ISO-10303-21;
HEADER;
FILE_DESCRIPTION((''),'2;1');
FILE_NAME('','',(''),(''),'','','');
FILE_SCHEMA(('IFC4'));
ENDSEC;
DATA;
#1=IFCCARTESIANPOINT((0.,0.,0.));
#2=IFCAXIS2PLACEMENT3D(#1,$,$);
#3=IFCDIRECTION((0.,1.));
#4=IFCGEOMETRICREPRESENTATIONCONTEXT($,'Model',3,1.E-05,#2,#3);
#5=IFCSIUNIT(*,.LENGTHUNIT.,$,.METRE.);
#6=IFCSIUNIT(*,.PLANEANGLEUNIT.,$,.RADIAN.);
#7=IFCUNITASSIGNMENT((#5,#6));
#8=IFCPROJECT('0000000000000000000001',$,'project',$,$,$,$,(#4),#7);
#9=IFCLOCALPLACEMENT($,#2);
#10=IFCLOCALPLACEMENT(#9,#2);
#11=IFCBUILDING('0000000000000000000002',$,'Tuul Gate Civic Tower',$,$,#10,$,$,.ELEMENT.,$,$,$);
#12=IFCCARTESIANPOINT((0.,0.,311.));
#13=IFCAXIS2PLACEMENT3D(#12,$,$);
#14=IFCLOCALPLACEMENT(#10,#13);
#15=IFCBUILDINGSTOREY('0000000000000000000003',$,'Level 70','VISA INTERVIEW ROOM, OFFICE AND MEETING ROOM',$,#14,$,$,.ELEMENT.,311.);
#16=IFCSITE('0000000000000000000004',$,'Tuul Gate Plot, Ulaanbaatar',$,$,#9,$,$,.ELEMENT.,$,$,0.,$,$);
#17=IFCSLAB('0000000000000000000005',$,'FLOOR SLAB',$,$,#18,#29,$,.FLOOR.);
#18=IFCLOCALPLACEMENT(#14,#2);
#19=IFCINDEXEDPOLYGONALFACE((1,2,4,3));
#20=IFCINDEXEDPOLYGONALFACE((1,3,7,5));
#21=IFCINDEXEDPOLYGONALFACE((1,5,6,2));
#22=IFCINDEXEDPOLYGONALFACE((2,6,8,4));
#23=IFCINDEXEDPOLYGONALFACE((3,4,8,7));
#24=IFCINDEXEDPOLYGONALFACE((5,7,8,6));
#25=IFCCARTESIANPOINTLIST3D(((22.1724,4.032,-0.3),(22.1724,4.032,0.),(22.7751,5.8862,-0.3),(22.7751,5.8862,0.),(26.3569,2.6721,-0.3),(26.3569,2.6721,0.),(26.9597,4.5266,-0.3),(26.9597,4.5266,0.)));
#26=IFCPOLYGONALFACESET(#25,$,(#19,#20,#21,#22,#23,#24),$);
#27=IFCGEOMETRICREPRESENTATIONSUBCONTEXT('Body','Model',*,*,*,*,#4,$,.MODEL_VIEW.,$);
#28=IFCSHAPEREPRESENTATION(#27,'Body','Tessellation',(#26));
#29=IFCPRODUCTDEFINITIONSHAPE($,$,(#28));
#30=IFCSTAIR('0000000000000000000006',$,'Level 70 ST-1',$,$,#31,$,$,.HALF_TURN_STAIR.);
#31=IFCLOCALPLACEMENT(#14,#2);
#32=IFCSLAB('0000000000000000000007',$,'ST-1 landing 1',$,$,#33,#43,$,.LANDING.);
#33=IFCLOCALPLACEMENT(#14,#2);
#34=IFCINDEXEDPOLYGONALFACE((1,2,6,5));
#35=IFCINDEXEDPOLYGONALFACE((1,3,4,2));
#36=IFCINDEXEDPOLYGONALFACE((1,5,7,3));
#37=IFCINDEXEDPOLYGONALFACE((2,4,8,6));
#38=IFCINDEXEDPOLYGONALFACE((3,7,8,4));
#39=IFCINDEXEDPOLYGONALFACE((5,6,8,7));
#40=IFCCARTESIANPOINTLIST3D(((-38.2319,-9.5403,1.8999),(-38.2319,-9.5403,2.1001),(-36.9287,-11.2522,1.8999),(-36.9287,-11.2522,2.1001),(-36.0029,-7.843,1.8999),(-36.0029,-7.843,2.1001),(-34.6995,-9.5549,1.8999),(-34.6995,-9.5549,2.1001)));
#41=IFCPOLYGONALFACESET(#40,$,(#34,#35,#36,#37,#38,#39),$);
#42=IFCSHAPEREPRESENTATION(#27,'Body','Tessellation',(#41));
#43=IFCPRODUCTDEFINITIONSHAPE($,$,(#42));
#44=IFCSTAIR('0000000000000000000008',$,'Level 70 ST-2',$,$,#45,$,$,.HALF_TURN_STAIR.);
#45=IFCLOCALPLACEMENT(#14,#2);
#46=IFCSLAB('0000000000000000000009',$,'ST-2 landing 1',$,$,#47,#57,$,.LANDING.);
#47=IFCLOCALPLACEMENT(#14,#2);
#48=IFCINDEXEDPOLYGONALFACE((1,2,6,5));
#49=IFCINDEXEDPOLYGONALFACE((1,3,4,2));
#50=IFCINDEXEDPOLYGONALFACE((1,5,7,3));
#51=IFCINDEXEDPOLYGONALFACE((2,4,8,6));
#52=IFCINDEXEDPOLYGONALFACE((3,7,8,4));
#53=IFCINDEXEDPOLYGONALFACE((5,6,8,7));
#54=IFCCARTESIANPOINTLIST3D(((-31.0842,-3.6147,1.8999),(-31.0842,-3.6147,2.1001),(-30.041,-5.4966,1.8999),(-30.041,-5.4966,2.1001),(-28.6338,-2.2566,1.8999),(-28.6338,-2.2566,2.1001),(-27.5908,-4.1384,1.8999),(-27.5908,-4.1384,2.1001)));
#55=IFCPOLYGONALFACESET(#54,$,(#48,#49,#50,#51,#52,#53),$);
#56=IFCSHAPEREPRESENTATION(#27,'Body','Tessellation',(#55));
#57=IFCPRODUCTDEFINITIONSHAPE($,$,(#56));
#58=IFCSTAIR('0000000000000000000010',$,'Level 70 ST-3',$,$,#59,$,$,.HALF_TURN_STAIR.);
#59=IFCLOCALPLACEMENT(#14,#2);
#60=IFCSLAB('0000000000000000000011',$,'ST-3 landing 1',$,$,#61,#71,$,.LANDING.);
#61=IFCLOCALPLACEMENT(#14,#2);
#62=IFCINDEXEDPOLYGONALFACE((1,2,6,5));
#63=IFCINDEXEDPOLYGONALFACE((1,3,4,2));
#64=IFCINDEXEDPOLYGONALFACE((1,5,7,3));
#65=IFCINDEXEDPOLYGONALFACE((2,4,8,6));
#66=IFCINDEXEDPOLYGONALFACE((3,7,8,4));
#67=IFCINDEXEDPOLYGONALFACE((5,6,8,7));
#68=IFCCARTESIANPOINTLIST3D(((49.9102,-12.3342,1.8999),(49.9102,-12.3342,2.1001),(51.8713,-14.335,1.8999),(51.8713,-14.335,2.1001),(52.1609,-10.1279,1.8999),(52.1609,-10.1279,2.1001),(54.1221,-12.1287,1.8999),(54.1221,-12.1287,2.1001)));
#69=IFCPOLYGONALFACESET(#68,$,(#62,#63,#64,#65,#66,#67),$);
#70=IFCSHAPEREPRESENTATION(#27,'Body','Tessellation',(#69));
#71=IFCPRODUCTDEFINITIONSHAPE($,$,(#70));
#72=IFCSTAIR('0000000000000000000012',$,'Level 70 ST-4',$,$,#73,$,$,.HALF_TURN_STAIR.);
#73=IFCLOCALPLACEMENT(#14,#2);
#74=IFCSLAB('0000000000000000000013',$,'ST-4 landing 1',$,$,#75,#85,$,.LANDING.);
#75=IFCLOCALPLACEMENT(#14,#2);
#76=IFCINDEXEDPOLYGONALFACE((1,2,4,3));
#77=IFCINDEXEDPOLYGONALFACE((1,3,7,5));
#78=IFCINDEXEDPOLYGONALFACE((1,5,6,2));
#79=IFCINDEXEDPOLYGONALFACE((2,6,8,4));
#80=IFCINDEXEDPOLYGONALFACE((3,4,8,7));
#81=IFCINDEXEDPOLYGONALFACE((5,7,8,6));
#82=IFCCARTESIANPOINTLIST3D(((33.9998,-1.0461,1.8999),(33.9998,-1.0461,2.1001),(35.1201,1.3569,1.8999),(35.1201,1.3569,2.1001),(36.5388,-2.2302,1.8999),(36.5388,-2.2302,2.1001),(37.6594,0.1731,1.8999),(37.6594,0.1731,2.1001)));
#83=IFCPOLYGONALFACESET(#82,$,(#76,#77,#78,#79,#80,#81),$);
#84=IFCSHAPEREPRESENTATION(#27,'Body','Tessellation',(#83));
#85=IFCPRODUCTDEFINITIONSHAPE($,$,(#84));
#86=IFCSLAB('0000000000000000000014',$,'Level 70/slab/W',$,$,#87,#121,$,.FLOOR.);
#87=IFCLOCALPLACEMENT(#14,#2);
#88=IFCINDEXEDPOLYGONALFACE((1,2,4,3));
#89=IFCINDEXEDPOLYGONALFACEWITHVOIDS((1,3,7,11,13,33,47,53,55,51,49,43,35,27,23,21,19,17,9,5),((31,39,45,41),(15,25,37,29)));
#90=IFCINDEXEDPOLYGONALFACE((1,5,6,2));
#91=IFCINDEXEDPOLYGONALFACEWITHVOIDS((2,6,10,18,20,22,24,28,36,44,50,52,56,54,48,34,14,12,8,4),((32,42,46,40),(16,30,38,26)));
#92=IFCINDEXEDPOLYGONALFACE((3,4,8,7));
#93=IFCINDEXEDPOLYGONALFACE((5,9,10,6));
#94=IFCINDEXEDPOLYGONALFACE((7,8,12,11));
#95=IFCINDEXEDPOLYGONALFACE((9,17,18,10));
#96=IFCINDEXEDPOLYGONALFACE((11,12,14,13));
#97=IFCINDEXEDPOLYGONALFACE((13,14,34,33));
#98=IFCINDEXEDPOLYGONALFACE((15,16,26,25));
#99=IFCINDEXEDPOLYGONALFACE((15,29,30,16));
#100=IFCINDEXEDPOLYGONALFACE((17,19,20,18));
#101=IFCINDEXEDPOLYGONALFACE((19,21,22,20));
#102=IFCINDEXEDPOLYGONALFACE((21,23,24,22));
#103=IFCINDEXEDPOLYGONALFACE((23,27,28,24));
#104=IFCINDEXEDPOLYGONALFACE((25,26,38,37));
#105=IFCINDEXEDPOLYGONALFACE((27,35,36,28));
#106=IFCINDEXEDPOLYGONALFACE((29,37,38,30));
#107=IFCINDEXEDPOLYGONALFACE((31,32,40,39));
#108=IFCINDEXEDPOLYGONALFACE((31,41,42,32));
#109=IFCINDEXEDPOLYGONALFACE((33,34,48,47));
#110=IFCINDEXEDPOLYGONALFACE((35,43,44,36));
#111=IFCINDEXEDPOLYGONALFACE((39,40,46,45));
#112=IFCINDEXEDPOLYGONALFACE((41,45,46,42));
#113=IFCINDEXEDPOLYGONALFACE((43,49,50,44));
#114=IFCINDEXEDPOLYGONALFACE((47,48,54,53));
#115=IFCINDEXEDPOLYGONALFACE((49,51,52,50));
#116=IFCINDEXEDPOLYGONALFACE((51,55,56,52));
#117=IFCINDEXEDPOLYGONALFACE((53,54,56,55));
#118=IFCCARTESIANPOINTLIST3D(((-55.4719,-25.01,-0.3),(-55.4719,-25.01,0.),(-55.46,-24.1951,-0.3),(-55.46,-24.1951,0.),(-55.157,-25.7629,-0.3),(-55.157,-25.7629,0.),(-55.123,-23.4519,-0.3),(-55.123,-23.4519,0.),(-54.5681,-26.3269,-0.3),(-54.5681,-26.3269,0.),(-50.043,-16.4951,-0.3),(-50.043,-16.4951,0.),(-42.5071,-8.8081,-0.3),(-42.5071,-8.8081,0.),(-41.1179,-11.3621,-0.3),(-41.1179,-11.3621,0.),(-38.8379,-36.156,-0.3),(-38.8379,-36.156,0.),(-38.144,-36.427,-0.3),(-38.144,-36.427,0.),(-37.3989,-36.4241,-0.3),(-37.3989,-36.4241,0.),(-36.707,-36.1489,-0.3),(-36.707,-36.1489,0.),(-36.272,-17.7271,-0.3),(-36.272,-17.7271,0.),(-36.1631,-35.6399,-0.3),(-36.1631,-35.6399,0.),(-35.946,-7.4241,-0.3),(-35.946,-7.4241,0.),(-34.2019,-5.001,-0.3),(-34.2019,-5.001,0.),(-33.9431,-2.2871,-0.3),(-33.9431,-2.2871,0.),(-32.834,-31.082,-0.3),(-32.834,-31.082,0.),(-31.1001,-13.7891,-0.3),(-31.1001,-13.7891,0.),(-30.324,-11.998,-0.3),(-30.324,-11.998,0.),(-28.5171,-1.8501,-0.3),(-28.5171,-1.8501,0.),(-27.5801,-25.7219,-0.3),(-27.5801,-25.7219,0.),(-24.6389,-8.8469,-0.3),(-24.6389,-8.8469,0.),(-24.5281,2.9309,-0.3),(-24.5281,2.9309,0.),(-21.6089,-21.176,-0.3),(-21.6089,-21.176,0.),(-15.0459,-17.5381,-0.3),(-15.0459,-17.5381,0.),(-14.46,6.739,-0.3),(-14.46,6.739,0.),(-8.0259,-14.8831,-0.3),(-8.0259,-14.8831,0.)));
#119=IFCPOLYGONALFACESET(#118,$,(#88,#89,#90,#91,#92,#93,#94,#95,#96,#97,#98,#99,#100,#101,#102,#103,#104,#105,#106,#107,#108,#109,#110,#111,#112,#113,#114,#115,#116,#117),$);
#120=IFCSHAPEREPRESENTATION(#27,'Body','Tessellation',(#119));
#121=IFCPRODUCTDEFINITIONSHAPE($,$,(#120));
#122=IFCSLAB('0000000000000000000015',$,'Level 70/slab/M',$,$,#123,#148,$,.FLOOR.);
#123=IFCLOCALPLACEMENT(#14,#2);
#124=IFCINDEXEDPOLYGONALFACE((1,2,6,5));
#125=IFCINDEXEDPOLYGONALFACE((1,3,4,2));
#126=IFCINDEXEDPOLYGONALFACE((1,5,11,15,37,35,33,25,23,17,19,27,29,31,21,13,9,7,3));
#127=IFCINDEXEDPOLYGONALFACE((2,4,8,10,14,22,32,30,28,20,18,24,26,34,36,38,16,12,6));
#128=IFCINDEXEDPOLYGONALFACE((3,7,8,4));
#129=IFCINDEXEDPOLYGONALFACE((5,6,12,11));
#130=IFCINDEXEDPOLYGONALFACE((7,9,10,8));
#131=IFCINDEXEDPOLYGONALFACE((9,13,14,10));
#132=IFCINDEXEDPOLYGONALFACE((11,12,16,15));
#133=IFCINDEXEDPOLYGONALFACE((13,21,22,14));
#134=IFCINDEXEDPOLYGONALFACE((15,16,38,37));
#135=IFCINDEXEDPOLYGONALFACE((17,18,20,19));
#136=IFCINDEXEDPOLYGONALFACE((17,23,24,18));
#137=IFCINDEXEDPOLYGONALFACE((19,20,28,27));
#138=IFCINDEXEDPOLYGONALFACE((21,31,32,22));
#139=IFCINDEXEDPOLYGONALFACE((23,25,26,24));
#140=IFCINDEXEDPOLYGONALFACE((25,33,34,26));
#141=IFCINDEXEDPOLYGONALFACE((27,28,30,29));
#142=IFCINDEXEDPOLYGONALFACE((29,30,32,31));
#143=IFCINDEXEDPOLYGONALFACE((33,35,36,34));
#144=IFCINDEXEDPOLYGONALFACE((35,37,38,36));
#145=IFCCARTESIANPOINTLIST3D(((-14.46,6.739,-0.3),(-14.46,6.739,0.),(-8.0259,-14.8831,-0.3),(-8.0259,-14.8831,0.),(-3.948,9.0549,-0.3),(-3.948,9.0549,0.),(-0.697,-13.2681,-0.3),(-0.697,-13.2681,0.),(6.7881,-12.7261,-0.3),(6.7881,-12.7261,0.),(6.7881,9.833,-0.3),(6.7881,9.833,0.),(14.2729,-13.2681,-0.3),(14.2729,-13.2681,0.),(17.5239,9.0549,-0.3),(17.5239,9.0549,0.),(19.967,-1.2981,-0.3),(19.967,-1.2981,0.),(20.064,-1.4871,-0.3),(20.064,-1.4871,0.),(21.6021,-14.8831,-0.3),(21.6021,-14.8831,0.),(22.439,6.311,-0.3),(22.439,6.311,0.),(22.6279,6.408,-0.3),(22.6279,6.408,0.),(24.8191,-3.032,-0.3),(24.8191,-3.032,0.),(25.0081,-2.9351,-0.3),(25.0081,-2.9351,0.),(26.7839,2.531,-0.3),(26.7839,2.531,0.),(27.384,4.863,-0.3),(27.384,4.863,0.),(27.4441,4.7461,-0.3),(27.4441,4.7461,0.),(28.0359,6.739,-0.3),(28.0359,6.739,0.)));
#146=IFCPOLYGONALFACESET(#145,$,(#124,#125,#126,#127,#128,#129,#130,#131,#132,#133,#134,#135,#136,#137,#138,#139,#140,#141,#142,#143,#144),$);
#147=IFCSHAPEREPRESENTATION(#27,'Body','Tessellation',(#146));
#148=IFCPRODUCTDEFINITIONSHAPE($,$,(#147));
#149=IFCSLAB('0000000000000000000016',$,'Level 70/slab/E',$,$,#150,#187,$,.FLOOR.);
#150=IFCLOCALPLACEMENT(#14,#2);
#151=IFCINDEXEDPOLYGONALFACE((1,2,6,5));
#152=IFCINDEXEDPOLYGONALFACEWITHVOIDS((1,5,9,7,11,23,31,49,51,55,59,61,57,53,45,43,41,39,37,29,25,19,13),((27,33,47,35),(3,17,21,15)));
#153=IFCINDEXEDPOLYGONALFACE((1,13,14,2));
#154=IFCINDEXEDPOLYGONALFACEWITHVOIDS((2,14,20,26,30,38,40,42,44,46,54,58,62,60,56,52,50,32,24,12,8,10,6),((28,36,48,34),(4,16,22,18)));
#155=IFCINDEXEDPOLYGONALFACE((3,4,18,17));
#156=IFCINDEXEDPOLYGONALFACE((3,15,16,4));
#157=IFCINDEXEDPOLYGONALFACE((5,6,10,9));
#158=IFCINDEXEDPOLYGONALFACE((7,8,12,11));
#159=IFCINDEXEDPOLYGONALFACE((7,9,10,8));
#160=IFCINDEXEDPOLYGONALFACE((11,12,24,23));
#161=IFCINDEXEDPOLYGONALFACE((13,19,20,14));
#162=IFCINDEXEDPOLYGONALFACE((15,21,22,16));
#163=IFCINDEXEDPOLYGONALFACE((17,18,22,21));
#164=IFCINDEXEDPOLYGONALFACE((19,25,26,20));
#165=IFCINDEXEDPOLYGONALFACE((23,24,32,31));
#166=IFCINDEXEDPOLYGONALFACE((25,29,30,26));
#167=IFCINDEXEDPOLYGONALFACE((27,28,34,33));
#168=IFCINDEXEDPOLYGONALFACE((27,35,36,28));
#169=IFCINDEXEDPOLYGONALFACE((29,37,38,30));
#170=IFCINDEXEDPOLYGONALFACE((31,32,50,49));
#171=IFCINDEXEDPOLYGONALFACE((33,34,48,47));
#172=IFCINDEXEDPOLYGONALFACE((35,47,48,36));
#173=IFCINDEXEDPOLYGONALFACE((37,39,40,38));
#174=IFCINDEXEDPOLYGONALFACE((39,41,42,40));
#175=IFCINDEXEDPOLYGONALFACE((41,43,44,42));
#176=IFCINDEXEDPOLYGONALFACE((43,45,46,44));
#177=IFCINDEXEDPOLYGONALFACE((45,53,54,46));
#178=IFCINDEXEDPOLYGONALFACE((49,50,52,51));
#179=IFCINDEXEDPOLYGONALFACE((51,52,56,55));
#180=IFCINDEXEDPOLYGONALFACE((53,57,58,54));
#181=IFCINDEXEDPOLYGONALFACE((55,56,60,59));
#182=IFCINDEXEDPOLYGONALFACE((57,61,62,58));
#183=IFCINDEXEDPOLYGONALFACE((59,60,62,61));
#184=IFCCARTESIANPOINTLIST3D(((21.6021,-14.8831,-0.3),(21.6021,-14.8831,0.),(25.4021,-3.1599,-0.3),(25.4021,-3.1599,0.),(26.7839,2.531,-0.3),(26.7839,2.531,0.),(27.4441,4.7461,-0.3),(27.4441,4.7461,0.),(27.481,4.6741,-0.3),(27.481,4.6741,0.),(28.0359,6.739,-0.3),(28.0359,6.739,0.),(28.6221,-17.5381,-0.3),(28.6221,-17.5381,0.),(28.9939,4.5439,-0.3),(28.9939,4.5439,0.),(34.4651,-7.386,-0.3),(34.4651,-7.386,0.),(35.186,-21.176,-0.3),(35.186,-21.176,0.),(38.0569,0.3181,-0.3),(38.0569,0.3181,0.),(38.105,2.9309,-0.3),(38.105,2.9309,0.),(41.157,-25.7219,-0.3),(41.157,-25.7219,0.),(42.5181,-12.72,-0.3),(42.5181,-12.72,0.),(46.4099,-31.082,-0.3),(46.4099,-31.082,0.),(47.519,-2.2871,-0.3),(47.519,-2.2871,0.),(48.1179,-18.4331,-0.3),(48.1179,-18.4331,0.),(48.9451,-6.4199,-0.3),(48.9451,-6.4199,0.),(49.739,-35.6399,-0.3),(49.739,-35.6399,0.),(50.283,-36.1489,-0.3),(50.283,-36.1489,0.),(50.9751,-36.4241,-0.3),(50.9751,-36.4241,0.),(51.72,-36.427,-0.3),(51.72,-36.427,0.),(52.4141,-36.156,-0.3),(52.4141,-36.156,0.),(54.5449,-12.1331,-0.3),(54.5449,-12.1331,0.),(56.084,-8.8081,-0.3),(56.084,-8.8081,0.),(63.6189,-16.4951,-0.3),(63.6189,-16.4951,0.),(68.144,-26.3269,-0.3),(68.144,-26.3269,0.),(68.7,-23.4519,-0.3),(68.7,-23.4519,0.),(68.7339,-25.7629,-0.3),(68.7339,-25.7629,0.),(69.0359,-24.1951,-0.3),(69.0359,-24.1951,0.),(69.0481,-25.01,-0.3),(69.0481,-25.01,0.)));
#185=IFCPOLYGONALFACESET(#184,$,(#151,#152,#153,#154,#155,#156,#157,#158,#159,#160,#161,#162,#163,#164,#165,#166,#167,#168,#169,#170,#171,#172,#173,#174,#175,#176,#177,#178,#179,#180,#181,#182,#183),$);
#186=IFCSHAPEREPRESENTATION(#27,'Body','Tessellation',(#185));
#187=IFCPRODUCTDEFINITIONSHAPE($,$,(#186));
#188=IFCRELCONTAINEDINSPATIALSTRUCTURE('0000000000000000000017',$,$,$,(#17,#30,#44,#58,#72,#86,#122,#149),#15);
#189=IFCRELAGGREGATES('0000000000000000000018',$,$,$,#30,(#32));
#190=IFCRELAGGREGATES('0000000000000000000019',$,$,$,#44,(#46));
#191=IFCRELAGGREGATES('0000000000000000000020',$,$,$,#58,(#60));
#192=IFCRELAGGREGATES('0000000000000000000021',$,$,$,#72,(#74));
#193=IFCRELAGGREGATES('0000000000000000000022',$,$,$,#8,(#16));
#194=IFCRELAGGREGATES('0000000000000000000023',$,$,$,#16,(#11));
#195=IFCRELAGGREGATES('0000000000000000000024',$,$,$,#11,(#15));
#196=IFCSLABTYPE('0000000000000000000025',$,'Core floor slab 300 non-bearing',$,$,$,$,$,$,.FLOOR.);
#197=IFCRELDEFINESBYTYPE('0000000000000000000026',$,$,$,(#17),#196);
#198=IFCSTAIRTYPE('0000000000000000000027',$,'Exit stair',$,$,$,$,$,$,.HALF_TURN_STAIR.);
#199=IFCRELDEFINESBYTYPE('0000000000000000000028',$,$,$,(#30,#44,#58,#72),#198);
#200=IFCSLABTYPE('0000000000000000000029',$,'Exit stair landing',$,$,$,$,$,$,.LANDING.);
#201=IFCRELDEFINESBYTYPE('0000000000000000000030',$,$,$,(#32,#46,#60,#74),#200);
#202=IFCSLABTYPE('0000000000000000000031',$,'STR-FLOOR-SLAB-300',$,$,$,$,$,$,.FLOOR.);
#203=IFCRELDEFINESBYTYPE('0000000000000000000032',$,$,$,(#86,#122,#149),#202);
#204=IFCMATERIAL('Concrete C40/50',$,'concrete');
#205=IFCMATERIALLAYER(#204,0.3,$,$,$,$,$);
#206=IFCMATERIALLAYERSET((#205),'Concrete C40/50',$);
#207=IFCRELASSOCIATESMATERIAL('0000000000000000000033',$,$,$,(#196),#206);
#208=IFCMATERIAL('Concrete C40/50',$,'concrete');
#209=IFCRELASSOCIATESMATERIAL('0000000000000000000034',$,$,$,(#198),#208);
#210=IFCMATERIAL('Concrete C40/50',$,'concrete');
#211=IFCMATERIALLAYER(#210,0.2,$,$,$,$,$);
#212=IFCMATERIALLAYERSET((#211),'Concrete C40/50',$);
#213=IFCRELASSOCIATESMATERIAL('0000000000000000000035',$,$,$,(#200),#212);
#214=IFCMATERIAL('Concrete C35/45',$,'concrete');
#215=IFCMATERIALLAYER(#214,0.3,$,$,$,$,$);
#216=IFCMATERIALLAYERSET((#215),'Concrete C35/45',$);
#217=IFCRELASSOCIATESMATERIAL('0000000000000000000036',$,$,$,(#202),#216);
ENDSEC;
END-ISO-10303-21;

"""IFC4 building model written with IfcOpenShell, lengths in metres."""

from ifc_helpers import new_model, si_unit, direction, frame, origin, place, context, subcontext, project, spatial, polyline, outline, extrude, material, layer, layer_set, type_object, element, aggregate, save


model = new_model("IFC4")

# Units and contexts
model_context = context("Model", 3, precision=1e-05, world=origin(), true_north=direction((0.0, 1.0)))
body_context = subcontext(model_context, "Body", "Model", "MODEL_VIEW")
ifc_project = project(units=[si_unit("LENGTHUNIT", "METRE"), si_unit("PLANEANGLEUNIT", "RADIAN")], contexts=[model_context])

# Site, building, storey
site_placement = place(None, origin())
site = spatial("IfcSite", under=ifc_project, at=site_placement, Name="Tuul Gate Plot, Ulaanbaatar", CompositionType="ELEMENT", RefElevation=0.0)
building_placement = place(site_placement, origin())
building = spatial("IfcBuilding", under=site, at=building_placement, Name="Tuul Gate Civic Tower", CompositionType="ELEMENT")
storey_placement = place(building_placement, frame((0.0, 0.0, 311.0)))
storey = spatial("IfcBuildingStorey", under=building, at=storey_placement, Name="Level 70", Description="VISA INTERVIEW ROOM, OFFICE AND MEETING ROOM", CompositionType="ELEMENT", Elevation=311.0)

# Slab
ifc_material_1 = material(Name="Concrete C40/50", Category="concrete")
ifc_layer_1 = layer(ifc_material_1, 0.3)
ifc_layer_set_1 = layer_set([ifc_layer_1], Name="Concrete C40/50")
slab_type_1 = type_object("IfcSlabType", Name="Core floor slab 300 non-bearing", PredefinedType="FLOOR", material=ifc_layer_set_1)
slab_1_placement = place(storey_placement, frame((0.0, 0.0, -0.3)))
element("IfcSlab", 1, at=slab_1_placement, inside=storey, type_object=slab_type_1, Name="FLOOR SLAB", PredefinedType="FLOOR", context=body_context, shape_type="SweptSolid", body=[
    extrude(outline(polyline([(26.3569, 2.6721), (22.1724, 4.032), (22.7751, 5.8862), (26.9597, 4.5266), (26.3569, 2.6721)])), origin(), (0.0, 0.0, 1.0), 0.3),
])

# Stairs, slabs
ifc_material_2 = material(Name="Concrete C40/50", Category="concrete")
stair_type = type_object("IfcStairType", Name="Exit stair", PredefinedType="HALF_TURN_STAIR", material=ifc_material_2)
stair_1_placement = place(storey_placement, origin())
stair_1 = element("IfcStair", 2, at=stair_1_placement, inside=storey, type_object=stair_type, Name="Level 70 ST-1", PredefinedType="HALF_TURN_STAIR")
ifc_material_3 = material(Name="Concrete C40/50", Category="concrete")
ifc_layer_2 = layer(ifc_material_3, 0.2)
ifc_layer_set_2 = layer_set([ifc_layer_2], Name="Concrete C40/50")
slab_type_2 = type_object("IfcSlabType", Name="Exit stair landing", PredefinedType="LANDING", material=ifc_layer_set_2)
slab_2_placement = place(storey_placement, frame((0.0, 0.0, 1.8999)))
slab_2 = element("IfcSlab", 3, at=slab_2_placement, type_object=slab_type_2, Name="ST-1 landing 1", PredefinedType="LANDING", context=body_context, shape_type="SweptSolid", body=[
    extrude(outline(polyline([(-34.6995, -9.5549), (-36.9287, -11.2522), (-38.2319, -9.5403), (-36.0029, -7.843), (-34.6995, -9.5549)])), origin(), (0.0, 0.0, 1.0), 0.2002),
])
aggregate(stair_1, [slab_2])
stair_2_placement = place(storey_placement, origin())
stair_2 = element("IfcStair", 4, at=stair_2_placement, inside=storey, type_object=stair_type, Name="Level 70 ST-2", PredefinedType="HALF_TURN_STAIR")
slab_3_placement = place(storey_placement, frame((0.0, 0.0, 1.8999)))
slab_3 = element("IfcSlab", 5, at=slab_3_placement, type_object=slab_type_2, Name="ST-2 landing 1", PredefinedType="LANDING", context=body_context, shape_type="SweptSolid", body=[
    extrude(outline(polyline([(-27.5908, -4.1384), (-30.041, -5.4966), (-31.0842, -3.6147), (-28.6338, -2.2566), (-27.5908, -4.1384)])), origin(), (0.0, 0.0, 1.0), 0.2002),
])
aggregate(stair_2, [slab_3])
stair_3_placement = place(storey_placement, origin())
stair_3 = element("IfcStair", 6, at=stair_3_placement, inside=storey, type_object=stair_type, Name="Level 70 ST-3", PredefinedType="HALF_TURN_STAIR")
slab_4_placement = place(storey_placement, frame((0.0, 0.0, 1.8999)))
slab_4 = element("IfcSlab", 7, at=slab_4_placement, type_object=slab_type_2, Name="ST-3 landing 1", PredefinedType="LANDING", context=body_context, shape_type="SweptSolid", body=[
    extrude(outline(polyline([(51.8713, -14.335), (49.9102, -12.3342), (52.1609, -10.1279), (54.1221, -12.1287), (51.8713, -14.335)])), origin(), (0.0, 0.0, 1.0), 0.2002),
])
aggregate(stair_3, [slab_4])
stair_4_placement = place(storey_placement, origin())
stair_4 = element("IfcStair", 8, at=stair_4_placement, inside=storey, type_object=stair_type, Name="Level 70 ST-4", PredefinedType="HALF_TURN_STAIR")
slab_5_placement = place(storey_placement, frame((0.0, 0.0, 1.8999)))
slab_5 = element("IfcSlab", 9, at=slab_5_placement, type_object=slab_type_2, Name="ST-4 landing 1", PredefinedType="LANDING", context=body_context, shape_type="SweptSolid", body=[
    extrude(outline(polyline([(36.5388, -2.2302), (33.9998, -1.0461), (35.1201, 1.3569), (37.6594, 0.1731), (36.5388, -2.2302)])), origin(), (0.0, 0.0, 1.0), 0.2002),
])
aggregate(stair_4, [slab_5])

# Slabs
ifc_material_4 = material(Name="Concrete C35/45", Category="concrete")
ifc_layer_3 = layer(ifc_material_4, 0.3)
ifc_layer_set_3 = layer_set([ifc_layer_3], Name="Concrete C35/45")
slab_type_3 = type_object("IfcSlabType", Name="STR-FLOOR-SLAB-300", PredefinedType="FLOOR", material=ifc_layer_set_3)
slab_6_placement = place(storey_placement, frame((0.0, 0.0, -0.3)))
element("IfcSlab", 10, at=slab_6_placement, inside=storey, type_object=slab_type_3, Name="Level 70/slab/W", PredefinedType="FLOOR", context=body_context, shape_type="SweptSolid", body=[
    extrude(outline(polyline([(-8.0259, -14.8831), (-14.46, 6.739), (-24.5281, 2.9309), (-33.9431, -2.2871), (-42.5071, -8.8081), (-50.043, -16.4951), (-55.123, -23.4519), (-55.46, -24.1951), (-55.4719, -25.01), (-55.157, -25.7629), (-54.5681, -26.3269), (-38.8379, -36.156), (-38.144, -36.427), (-37.3989, -36.4241), (-36.707, -36.1489), (-36.1631, -35.6399), (-32.834, -31.082), (-27.5801, -25.7219), (-21.6089, -21.176), (-15.0459, -17.5381), (-8.0259, -14.8831)]), holes=[polyline([(-31.1001, -13.7891), (-36.272, -17.7271), (-41.1179, -11.3621), (-35.946, -7.4241), (-31.1001, -13.7891)]), polyline([(-24.6389, -8.8469), (-30.324, -11.998), (-34.2019, -5.001), (-28.5171, -1.8501), (-24.6389, -8.8469)])]), origin(), (0.0, 0.0, 1.0), 0.3),
])
slab_7_placement = place(storey_placement, frame((0.0, 0.0, -0.3)))
element("IfcSlab", 11, at=slab_7_placement, inside=storey, type_object=slab_type_3, Name="Level 70/slab/M", PredefinedType="FLOOR", context=body_context, shape_type="SweptSolid", body=[
    extrude(outline(polyline([(21.6021, -14.8831), (26.7839, 2.531), (25.0081, -2.9351), (24.8191, -3.032), (20.064, -1.4871), (19.967, -1.2981), (22.439, 6.311), (22.6279, 6.408), (27.384, 4.863), (27.4441, 4.7461), (28.0359, 6.739), (17.5239, 9.0549), (6.7881, 9.833), (-3.948, 9.0549), (-14.46, 6.739), (-8.0259, -14.8831), (-0.697, -13.2681), (6.7881, -12.7261), (14.2729, -13.2681), (21.6021, -14.8831)])), origin(), (0.0, 0.0, 1.0), 0.3),
])
slab_8_placement = place(storey_placement, frame((0.0, 0.0, -0.3)))
element("IfcSlab", 12, at=slab_8_placement, inside=storey, type_object=slab_type_3, Name="Level 70/slab/E", PredefinedType="FLOOR", context=body_context, shape_type="SweptSolid", body=[
    extrude(outline(polyline([(51.72, -36.427), (52.4141, -36.156), (68.144, -26.3269), (68.7339, -25.7629), (69.0481, -25.01), (69.0359, -24.1951), (68.7, -23.4519), (63.6189, -16.4951), (56.084, -8.8081), (47.519, -2.2871), (38.105, 2.9309), (28.0359, 6.739), (27.4441, 4.7461), (27.481, 4.6741), (26.7839, 2.531), (21.6021, -14.8831), (28.6221, -17.5381), (35.186, -21.176), (41.157, -25.7219), (46.4099, -31.082), (49.739, -35.6399), (50.283, -36.1489), (50.9751, -36.4241), (51.72, -36.427)]), holes=[polyline([(48.1179, -18.4331), (42.5181, -12.72), (48.9451, -6.4199), (54.5449, -12.1331), (48.1179, -18.4331)]), polyline([(25.4021, -3.1599), (28.9939, 4.5439), (38.0569, 0.3181), (34.4651, -7.386), (25.4021, -3.1599)])]), origin(), (0.0, 0.0, 1.0), 0.3),
])

save(model, "model.ifc")
